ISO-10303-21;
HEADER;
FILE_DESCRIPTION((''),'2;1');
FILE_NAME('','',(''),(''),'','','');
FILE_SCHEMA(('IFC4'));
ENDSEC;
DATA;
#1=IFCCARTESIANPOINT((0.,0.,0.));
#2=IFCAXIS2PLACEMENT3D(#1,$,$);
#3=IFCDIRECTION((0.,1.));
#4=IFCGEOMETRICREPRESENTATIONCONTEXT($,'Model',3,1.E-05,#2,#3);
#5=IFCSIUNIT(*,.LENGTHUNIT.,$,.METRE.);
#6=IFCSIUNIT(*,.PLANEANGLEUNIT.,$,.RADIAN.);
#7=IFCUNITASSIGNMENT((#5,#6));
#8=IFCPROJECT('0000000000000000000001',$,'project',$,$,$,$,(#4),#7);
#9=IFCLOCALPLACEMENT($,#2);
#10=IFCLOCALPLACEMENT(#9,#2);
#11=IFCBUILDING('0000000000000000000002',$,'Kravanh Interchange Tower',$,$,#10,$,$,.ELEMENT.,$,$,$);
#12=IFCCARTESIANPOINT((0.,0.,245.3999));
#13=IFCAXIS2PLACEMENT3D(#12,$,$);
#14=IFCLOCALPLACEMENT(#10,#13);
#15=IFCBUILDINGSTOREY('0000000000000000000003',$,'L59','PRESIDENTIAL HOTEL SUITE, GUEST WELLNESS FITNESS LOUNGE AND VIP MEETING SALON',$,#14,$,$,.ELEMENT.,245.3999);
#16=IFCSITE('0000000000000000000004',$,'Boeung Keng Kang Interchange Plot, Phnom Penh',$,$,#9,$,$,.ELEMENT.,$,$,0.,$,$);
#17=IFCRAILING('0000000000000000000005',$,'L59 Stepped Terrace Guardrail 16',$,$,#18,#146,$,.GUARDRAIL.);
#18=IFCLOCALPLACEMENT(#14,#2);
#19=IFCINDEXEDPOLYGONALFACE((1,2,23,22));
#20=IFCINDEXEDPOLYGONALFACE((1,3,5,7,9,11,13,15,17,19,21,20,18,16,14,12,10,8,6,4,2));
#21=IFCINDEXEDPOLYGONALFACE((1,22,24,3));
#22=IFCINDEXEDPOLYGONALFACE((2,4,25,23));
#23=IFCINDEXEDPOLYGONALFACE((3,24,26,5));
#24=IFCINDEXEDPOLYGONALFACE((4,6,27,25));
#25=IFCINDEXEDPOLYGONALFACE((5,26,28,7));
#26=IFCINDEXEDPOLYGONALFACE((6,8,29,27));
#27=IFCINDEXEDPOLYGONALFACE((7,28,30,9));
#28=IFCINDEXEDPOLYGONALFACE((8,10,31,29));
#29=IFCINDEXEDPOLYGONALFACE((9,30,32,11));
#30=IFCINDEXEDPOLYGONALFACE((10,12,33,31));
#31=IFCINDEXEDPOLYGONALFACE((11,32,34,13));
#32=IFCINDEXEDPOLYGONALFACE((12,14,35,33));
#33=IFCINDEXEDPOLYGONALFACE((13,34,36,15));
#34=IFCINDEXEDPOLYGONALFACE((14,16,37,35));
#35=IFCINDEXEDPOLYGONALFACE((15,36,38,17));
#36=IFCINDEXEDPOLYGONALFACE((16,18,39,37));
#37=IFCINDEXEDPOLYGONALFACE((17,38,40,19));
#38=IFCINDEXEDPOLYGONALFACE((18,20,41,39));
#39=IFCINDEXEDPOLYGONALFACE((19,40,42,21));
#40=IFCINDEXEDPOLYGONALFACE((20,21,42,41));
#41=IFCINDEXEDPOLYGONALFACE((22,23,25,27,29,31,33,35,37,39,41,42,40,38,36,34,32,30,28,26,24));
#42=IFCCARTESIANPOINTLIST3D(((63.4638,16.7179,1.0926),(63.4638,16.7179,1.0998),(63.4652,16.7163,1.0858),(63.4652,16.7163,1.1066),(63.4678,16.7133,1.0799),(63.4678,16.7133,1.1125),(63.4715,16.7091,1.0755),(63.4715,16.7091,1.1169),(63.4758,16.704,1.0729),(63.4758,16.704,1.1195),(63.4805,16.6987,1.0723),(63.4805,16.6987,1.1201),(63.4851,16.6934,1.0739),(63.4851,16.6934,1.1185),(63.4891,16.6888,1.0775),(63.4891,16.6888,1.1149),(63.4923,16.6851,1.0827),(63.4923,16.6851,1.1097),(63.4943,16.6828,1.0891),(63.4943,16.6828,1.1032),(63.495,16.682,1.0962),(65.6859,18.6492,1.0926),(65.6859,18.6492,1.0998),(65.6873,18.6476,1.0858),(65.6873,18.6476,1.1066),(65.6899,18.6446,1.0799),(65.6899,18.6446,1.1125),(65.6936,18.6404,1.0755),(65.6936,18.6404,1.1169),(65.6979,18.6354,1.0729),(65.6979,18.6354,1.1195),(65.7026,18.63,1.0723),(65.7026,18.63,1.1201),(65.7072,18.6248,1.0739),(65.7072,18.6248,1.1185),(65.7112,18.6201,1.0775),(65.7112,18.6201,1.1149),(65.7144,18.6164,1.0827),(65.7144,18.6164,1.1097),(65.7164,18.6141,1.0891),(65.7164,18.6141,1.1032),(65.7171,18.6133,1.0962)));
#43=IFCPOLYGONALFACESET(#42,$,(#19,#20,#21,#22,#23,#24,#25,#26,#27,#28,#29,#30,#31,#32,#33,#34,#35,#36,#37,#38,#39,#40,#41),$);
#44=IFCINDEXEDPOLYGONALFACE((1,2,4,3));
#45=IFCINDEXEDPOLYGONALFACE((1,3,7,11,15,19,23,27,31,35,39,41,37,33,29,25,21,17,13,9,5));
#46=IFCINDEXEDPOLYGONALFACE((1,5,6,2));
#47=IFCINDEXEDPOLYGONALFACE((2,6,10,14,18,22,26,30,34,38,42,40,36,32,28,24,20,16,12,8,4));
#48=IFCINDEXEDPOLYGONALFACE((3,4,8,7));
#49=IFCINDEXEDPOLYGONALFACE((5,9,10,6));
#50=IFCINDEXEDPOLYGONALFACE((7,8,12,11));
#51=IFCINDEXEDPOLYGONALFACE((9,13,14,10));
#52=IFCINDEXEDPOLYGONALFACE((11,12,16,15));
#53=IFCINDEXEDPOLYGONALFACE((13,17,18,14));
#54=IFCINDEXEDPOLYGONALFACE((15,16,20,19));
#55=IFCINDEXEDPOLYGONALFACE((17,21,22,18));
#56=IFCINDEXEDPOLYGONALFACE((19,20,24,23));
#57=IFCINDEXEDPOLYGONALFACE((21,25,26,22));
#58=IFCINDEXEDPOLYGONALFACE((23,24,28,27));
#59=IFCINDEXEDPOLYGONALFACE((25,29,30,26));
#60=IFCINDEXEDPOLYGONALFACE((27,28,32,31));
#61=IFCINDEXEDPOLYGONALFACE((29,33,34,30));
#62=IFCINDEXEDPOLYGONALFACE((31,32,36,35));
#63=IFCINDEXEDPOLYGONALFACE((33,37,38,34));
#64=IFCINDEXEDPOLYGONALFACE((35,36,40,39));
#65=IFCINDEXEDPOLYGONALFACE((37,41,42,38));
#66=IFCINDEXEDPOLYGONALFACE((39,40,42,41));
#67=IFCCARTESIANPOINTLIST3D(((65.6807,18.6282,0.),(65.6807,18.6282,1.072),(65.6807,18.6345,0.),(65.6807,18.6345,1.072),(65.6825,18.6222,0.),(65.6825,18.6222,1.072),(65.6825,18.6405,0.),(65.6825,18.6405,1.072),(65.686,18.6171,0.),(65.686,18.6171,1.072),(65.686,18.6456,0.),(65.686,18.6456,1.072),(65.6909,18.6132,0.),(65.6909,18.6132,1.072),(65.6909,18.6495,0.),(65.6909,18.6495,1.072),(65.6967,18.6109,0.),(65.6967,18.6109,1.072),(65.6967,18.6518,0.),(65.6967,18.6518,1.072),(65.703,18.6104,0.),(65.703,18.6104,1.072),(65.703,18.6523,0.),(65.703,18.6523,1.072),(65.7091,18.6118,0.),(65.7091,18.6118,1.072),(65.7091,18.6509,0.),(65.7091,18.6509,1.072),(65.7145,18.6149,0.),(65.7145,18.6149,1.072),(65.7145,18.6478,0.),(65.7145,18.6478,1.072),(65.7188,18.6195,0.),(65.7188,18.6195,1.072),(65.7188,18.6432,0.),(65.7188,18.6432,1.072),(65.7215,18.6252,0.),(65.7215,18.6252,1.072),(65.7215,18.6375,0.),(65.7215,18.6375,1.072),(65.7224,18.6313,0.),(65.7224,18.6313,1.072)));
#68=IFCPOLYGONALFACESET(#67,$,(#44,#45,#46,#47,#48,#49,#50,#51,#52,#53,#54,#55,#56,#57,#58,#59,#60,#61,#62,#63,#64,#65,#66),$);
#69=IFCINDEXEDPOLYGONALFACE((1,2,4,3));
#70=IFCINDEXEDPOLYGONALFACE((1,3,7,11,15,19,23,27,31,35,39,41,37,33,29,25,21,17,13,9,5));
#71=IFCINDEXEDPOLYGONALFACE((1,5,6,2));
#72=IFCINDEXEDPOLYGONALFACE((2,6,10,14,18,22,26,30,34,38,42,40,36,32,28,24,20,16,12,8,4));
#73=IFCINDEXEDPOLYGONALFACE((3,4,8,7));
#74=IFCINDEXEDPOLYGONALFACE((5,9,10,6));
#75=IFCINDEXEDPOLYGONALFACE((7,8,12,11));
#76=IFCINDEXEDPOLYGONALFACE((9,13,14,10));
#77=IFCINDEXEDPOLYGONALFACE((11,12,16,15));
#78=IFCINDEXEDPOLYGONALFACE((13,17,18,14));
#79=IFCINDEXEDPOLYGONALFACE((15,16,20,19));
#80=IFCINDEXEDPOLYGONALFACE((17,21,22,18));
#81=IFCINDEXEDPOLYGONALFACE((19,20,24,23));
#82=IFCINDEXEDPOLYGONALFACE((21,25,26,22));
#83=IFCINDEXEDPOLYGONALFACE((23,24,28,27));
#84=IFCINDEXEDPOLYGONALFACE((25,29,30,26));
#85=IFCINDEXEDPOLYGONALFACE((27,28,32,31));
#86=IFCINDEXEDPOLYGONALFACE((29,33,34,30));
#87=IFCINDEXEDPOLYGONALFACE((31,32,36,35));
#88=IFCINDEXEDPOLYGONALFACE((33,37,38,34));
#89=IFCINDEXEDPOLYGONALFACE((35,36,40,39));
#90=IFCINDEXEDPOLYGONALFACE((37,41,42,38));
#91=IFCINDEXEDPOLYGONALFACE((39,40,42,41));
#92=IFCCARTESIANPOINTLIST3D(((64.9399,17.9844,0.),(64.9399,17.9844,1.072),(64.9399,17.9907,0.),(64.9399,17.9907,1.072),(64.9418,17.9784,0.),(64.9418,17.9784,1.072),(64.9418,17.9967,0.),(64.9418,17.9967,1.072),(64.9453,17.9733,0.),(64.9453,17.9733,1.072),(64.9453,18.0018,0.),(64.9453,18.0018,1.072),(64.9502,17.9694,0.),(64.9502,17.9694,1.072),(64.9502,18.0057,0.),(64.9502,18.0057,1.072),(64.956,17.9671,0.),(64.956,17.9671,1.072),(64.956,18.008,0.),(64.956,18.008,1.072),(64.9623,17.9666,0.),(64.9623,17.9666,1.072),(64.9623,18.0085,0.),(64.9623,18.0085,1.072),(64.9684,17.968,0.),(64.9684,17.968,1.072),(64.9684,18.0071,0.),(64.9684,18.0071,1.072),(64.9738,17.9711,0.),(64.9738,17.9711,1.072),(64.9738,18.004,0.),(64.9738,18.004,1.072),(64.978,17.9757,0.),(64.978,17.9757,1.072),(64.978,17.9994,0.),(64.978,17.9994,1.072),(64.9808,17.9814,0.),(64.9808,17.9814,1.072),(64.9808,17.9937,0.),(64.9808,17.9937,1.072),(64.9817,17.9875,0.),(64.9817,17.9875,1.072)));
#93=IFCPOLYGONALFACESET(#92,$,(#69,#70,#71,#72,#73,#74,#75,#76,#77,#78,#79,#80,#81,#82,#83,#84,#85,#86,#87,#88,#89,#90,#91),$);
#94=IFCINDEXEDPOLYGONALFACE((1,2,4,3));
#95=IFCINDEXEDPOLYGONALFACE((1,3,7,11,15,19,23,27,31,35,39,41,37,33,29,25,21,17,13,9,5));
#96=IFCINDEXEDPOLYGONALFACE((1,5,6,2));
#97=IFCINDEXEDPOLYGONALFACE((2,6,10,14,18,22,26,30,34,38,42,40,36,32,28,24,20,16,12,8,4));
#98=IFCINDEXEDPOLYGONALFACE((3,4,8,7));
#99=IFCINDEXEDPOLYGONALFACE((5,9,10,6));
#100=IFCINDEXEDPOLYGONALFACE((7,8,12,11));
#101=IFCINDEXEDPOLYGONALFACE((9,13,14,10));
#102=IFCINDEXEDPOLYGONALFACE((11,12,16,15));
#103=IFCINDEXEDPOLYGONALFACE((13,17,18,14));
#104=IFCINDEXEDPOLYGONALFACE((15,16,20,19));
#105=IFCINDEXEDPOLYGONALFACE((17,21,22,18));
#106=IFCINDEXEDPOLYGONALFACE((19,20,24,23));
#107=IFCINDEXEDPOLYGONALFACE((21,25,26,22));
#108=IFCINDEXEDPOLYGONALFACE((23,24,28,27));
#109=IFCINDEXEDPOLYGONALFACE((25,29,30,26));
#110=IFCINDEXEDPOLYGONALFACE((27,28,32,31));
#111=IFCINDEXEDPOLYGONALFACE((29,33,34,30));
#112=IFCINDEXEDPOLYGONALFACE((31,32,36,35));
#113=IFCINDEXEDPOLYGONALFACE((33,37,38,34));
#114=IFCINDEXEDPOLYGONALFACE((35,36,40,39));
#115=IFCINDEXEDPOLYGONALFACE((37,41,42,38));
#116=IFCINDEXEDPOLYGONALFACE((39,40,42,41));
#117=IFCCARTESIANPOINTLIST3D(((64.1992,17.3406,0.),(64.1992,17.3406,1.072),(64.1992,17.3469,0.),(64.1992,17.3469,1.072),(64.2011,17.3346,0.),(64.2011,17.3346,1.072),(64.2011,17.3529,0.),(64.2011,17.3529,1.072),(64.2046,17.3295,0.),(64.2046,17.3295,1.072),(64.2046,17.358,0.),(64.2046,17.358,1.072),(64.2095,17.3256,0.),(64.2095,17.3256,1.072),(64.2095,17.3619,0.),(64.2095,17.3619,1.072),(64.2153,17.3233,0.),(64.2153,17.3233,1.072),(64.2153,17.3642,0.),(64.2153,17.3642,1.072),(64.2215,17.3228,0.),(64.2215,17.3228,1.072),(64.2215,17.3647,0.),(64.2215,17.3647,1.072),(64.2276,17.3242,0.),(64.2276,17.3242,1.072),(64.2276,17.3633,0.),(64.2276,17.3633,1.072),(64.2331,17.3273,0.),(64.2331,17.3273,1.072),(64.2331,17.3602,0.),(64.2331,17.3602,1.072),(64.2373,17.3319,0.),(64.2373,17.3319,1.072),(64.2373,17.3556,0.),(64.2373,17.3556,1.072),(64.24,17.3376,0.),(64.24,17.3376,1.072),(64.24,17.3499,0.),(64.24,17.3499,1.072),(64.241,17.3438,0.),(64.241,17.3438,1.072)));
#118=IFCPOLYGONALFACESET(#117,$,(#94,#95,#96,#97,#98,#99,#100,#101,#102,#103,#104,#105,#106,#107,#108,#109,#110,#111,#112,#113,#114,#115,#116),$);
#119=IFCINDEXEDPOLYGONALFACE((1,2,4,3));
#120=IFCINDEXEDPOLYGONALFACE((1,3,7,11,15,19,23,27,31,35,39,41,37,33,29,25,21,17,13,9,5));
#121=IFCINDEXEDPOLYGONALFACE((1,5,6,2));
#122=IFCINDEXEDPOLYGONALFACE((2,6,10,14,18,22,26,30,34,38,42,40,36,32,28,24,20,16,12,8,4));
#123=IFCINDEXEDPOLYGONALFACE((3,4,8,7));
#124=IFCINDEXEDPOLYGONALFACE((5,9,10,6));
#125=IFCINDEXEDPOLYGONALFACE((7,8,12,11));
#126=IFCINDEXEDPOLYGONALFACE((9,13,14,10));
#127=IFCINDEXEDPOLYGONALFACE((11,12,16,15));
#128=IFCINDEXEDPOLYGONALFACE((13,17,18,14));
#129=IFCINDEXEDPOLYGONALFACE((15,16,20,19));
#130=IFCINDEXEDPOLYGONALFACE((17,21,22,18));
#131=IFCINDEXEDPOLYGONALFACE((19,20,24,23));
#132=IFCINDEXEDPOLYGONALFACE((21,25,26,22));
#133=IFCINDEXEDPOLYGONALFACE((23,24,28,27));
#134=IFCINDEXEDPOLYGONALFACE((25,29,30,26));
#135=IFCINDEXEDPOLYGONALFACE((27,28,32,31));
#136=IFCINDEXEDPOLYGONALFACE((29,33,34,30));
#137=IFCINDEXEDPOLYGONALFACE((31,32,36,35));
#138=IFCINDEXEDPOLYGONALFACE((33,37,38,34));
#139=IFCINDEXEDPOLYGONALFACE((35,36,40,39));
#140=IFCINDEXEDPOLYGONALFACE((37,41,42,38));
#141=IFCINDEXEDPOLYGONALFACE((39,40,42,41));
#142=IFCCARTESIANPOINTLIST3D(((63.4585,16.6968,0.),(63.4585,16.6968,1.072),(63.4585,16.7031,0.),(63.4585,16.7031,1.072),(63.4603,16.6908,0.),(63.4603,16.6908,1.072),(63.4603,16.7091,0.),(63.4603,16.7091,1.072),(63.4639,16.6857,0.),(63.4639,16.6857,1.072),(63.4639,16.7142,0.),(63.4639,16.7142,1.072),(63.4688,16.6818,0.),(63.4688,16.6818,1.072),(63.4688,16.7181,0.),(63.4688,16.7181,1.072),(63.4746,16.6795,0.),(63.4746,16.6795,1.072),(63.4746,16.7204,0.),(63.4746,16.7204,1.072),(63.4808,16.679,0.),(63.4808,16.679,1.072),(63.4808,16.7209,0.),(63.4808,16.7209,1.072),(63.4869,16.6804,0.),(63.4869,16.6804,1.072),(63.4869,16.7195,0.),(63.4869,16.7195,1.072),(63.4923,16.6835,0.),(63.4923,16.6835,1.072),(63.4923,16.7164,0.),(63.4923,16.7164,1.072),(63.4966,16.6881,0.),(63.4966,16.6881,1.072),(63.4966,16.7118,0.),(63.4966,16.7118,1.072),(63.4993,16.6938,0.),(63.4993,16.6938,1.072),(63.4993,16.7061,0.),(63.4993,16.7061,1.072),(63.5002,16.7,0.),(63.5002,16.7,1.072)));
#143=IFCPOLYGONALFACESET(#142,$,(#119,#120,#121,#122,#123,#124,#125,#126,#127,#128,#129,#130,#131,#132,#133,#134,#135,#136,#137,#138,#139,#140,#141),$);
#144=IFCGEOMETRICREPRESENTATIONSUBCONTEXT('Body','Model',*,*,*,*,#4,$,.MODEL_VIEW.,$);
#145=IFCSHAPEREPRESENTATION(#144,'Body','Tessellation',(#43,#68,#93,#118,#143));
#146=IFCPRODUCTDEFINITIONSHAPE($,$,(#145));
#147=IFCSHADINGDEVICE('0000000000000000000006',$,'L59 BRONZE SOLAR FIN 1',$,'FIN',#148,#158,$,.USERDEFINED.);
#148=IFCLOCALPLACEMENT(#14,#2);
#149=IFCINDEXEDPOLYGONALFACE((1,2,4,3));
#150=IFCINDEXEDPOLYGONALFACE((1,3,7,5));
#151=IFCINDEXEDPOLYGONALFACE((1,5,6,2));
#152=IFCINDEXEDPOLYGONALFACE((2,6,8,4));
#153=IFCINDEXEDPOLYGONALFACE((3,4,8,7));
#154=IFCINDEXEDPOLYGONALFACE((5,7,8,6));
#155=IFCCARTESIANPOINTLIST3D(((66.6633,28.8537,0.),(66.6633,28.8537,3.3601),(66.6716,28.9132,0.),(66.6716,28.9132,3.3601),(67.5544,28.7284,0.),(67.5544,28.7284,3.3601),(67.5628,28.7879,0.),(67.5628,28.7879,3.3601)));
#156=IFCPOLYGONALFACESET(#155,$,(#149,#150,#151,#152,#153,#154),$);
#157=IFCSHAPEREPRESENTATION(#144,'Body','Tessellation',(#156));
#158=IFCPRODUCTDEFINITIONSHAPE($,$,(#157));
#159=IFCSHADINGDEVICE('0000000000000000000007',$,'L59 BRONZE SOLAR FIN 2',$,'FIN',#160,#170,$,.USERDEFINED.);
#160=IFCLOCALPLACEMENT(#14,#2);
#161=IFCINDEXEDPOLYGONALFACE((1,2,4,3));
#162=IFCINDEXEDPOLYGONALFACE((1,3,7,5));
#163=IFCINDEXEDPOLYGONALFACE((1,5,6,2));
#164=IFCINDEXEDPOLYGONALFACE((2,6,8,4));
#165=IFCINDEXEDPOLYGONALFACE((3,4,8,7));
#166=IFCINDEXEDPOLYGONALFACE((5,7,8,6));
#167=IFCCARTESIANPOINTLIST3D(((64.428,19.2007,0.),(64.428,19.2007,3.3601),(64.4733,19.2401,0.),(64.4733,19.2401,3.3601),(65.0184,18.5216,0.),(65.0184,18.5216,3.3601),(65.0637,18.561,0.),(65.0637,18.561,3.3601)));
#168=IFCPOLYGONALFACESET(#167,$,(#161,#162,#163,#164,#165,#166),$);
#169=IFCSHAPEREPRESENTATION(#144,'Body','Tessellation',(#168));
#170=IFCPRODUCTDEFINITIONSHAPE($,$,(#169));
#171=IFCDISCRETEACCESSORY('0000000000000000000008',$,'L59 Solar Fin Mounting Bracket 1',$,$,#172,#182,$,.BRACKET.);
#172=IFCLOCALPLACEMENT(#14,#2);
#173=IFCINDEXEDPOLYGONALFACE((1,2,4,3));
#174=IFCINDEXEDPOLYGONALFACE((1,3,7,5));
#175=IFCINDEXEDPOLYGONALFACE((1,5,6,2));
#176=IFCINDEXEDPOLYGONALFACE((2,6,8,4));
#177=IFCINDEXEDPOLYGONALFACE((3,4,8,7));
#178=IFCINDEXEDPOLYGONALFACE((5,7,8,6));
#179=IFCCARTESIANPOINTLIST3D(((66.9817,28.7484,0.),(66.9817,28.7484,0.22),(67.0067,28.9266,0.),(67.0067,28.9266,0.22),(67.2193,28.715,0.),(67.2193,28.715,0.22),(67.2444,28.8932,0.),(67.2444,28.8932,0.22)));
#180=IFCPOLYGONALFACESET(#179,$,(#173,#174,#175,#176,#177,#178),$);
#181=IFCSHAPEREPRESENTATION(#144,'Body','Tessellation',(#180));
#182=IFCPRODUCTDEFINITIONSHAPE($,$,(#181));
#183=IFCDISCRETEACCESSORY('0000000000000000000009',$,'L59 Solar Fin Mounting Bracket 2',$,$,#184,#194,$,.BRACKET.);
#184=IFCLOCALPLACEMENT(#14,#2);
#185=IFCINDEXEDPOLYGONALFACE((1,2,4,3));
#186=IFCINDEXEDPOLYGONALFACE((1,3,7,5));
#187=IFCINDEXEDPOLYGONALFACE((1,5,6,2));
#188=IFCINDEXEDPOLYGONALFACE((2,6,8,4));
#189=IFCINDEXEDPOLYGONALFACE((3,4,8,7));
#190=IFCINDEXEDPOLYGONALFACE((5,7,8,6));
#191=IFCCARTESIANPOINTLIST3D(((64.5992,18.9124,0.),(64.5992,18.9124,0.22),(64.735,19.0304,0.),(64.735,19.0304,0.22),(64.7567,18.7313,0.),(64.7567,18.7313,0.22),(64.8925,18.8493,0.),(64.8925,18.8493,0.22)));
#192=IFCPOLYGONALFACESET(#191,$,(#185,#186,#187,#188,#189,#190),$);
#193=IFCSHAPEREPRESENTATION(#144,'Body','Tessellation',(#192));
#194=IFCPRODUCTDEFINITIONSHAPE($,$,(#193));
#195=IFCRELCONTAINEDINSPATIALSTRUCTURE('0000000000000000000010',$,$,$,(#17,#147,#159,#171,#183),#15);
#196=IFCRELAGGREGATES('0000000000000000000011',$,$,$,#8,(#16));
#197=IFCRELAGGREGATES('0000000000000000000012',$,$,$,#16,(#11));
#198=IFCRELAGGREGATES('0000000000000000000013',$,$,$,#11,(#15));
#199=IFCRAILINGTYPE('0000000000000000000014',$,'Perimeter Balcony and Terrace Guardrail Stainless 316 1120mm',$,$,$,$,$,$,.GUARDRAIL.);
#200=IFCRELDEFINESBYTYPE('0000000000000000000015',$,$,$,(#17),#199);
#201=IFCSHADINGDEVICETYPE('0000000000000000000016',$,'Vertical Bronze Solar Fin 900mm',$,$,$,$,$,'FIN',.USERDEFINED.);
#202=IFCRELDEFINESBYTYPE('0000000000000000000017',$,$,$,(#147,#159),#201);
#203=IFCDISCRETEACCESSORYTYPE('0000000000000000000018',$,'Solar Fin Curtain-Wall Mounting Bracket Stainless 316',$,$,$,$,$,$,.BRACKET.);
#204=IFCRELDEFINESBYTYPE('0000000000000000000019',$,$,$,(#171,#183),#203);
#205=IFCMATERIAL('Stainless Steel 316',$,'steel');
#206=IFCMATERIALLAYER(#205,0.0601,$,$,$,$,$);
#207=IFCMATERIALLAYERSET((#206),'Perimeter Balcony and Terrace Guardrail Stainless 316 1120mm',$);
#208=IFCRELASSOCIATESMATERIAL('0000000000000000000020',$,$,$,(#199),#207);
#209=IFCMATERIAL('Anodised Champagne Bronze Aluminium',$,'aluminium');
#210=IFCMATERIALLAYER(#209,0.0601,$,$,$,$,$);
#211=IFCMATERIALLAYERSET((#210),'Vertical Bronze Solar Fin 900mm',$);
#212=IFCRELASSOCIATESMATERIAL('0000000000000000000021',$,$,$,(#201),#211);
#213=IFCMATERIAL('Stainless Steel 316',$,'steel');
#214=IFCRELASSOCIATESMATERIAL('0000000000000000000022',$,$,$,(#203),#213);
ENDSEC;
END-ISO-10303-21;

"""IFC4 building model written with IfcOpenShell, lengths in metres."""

from ifc_helpers import new_model, si_unit, direction, frame, origin, origin_2d, place, context, subcontext, project, spatial, rectangle, circle, extrude, material, layer, layer_set, type_object, element, save


model = new_model("IFC4")

# Units and contexts
model_context = context("Model", 3, precision=1e-05, world=origin(), true_north=direction((0.0, 1.0)))
body_context = subcontext(model_context, "Body", "Model", "MODEL_VIEW")
ifc_project = project(units=[si_unit("LENGTHUNIT", "METRE"), si_unit("PLANEANGLEUNIT", "RADIAN")], contexts=[model_context])

# Site, building, storey
site_placement = place(None, origin())
site = spatial("IfcSite", under=ifc_project, at=site_placement, Name="Boeung Keng Kang Interchange Plot, Phnom Penh", CompositionType="ELEMENT", RefElevation=0.0)
building_placement = place(site_placement, origin())
building = spatial("IfcBuilding", under=site, at=building_placement, Name="Kravanh Interchange Tower", CompositionType="ELEMENT")
storey_placement = place(building_placement, frame((0.0, 0.0, 245.3999)))
storey = spatial("IfcBuildingStorey", under=building, at=storey_placement, Name="L59", Description="PRESIDENTIAL HOTEL SUITE, GUEST WELLNESS FITNESS LOUNGE AND VIP MEETING SALON", CompositionType="ELEMENT", Elevation=245.3999)

# Railing
ifc_material_1 = material(Name="Stainless Steel 316", Category="steel")
ifc_layer_1 = layer(ifc_material_1, 0.0601)
ifc_layer_set_1 = layer_set([ifc_layer_1], Name="Perimeter Balcony and Terrace Guardrail Stainless 316 1120mm")
railing_type = type_object("IfcRailingType", Name="Perimeter Balcony and Terrace Guardrail Stainless 316 1120mm", PredefinedType="GUARDRAIL", material=ifc_layer_set_1)
railing_1_placement = place(storey_placement, frame((65.7014, 18.6313, 0.0)))
element("IfcRailing", 1, at=railing_1_placement, inside=storey, type_object=railing_type, Name="L59 Stepped Terrace Guardrail 16", PredefinedType="GUARDRAIL", context=body_context, shape_type="SweptSolid", body=[
    extrude(circle(Radius=0.0239, at=origin_2d()), frame((0.0, 0.0, 1.0962), z_axis=(-0.754761, -0.656, 0.0), x_axis=(0.656, -0.754761, 0.0)), (0.0, 0.0, 1.0), 2.9441),
    extrude(circle(Radius=0.021, at=origin_2d()), origin(), (0.0, 0.0, 1.0), 1.072),
    extrude(circle(Radius=0.021, at=origin_2d()), frame((-0.7407, -0.6438, 0.0)), (0.0, 0.0, 1.0), 1.072),
    extrude(circle(Radius=0.021, at=origin_2d()), frame((-1.4814, -1.2876, 0.0)), (0.0, 0.0, 1.0), 1.072),
    extrude(circle(Radius=0.021, at=origin_2d()), frame((-2.2222, -1.9314, 0.0)), (0.0, 0.0, 1.0), 1.072),
])

# Shading devices
ifc_material_2 = material(Name="Anodised Champagne Bronze Aluminium", Category="aluminium")
ifc_layer_2 = layer(ifc_material_2, 0.0601)
ifc_layer_set_2 = layer_set([ifc_layer_2], Name="Vertical Bronze Solar Fin 900mm")
shading_device_type = type_object("IfcShadingDeviceType", Name="Vertical Bronze Solar Fin 900mm", ElementType="FIN", PredefinedType="USERDEFINED", material=ifc_layer_set_2)
for number, where, z_axis, x_axis, name in (
    (2, (67.113, 28.8208, 0.0), (0.0, 0.0, 1.0), (0.990268, -0.139176, 0.0), "L59 BRONZE SOLAR FIN 1"),
    (3, (64.7458, 18.8809, 0.0), (0.0, 0.0, 1.0), (0.65606, -0.754709, 0.0), "L59 BRONZE SOLAR FIN 2"),
):
    element("IfcShadingDevice", number, at=place(storey_placement, frame(where, z_axis=z_axis, x_axis=x_axis)), inside=storey, type_object=shading_device_type, Name=name, ObjectType="FIN", PredefinedType="USERDEFINED", context=body_context, shape_type="SweptSolid", body=[
        extrude(rectangle(XDim=0.8999, YDim=0.0601, at=origin_2d()), origin(), (0.0, 0.0, 1.0), 3.3601),
    ])

# Discrete accessories
ifc_material_3 = material(Name="Stainless Steel 316", Category="steel")
discrete_accessory_type = type_object("IfcDiscreteAccessoryType", Name="Solar Fin Curtain-Wall Mounting Bracket Stainless 316", PredefinedType="BRACKET", material=ifc_material_3)
for number, where, z_axis, x_axis, name in (
    (4, (67.113, 28.8208, 0.0), (0.0, 0.0, 1.0), (0.990268, -0.139176, 0.0), "L59 Solar Fin Mounting Bracket 1"),
    (5, (64.7458, 18.8809, 0.0), (0.0, 0.0, 1.0), (0.65606, -0.754709, 0.0), "L59 Solar Fin Mounting Bracket 2"),
):
    element("IfcDiscreteAccessory", number, at=place(storey_placement, frame(where, z_axis=z_axis, x_axis=x_axis)), inside=storey, type_object=discrete_accessory_type, Name=name, PredefinedType="BRACKET", context=body_context, shape_type="SweptSolid", body=[
        extrude(rectangle(XDim=0.24, YDim=0.1799, at=origin_2d()), origin(), (0.0, 0.0, 1.0), 0.22),
    ])

save(model, "model.ifc")
